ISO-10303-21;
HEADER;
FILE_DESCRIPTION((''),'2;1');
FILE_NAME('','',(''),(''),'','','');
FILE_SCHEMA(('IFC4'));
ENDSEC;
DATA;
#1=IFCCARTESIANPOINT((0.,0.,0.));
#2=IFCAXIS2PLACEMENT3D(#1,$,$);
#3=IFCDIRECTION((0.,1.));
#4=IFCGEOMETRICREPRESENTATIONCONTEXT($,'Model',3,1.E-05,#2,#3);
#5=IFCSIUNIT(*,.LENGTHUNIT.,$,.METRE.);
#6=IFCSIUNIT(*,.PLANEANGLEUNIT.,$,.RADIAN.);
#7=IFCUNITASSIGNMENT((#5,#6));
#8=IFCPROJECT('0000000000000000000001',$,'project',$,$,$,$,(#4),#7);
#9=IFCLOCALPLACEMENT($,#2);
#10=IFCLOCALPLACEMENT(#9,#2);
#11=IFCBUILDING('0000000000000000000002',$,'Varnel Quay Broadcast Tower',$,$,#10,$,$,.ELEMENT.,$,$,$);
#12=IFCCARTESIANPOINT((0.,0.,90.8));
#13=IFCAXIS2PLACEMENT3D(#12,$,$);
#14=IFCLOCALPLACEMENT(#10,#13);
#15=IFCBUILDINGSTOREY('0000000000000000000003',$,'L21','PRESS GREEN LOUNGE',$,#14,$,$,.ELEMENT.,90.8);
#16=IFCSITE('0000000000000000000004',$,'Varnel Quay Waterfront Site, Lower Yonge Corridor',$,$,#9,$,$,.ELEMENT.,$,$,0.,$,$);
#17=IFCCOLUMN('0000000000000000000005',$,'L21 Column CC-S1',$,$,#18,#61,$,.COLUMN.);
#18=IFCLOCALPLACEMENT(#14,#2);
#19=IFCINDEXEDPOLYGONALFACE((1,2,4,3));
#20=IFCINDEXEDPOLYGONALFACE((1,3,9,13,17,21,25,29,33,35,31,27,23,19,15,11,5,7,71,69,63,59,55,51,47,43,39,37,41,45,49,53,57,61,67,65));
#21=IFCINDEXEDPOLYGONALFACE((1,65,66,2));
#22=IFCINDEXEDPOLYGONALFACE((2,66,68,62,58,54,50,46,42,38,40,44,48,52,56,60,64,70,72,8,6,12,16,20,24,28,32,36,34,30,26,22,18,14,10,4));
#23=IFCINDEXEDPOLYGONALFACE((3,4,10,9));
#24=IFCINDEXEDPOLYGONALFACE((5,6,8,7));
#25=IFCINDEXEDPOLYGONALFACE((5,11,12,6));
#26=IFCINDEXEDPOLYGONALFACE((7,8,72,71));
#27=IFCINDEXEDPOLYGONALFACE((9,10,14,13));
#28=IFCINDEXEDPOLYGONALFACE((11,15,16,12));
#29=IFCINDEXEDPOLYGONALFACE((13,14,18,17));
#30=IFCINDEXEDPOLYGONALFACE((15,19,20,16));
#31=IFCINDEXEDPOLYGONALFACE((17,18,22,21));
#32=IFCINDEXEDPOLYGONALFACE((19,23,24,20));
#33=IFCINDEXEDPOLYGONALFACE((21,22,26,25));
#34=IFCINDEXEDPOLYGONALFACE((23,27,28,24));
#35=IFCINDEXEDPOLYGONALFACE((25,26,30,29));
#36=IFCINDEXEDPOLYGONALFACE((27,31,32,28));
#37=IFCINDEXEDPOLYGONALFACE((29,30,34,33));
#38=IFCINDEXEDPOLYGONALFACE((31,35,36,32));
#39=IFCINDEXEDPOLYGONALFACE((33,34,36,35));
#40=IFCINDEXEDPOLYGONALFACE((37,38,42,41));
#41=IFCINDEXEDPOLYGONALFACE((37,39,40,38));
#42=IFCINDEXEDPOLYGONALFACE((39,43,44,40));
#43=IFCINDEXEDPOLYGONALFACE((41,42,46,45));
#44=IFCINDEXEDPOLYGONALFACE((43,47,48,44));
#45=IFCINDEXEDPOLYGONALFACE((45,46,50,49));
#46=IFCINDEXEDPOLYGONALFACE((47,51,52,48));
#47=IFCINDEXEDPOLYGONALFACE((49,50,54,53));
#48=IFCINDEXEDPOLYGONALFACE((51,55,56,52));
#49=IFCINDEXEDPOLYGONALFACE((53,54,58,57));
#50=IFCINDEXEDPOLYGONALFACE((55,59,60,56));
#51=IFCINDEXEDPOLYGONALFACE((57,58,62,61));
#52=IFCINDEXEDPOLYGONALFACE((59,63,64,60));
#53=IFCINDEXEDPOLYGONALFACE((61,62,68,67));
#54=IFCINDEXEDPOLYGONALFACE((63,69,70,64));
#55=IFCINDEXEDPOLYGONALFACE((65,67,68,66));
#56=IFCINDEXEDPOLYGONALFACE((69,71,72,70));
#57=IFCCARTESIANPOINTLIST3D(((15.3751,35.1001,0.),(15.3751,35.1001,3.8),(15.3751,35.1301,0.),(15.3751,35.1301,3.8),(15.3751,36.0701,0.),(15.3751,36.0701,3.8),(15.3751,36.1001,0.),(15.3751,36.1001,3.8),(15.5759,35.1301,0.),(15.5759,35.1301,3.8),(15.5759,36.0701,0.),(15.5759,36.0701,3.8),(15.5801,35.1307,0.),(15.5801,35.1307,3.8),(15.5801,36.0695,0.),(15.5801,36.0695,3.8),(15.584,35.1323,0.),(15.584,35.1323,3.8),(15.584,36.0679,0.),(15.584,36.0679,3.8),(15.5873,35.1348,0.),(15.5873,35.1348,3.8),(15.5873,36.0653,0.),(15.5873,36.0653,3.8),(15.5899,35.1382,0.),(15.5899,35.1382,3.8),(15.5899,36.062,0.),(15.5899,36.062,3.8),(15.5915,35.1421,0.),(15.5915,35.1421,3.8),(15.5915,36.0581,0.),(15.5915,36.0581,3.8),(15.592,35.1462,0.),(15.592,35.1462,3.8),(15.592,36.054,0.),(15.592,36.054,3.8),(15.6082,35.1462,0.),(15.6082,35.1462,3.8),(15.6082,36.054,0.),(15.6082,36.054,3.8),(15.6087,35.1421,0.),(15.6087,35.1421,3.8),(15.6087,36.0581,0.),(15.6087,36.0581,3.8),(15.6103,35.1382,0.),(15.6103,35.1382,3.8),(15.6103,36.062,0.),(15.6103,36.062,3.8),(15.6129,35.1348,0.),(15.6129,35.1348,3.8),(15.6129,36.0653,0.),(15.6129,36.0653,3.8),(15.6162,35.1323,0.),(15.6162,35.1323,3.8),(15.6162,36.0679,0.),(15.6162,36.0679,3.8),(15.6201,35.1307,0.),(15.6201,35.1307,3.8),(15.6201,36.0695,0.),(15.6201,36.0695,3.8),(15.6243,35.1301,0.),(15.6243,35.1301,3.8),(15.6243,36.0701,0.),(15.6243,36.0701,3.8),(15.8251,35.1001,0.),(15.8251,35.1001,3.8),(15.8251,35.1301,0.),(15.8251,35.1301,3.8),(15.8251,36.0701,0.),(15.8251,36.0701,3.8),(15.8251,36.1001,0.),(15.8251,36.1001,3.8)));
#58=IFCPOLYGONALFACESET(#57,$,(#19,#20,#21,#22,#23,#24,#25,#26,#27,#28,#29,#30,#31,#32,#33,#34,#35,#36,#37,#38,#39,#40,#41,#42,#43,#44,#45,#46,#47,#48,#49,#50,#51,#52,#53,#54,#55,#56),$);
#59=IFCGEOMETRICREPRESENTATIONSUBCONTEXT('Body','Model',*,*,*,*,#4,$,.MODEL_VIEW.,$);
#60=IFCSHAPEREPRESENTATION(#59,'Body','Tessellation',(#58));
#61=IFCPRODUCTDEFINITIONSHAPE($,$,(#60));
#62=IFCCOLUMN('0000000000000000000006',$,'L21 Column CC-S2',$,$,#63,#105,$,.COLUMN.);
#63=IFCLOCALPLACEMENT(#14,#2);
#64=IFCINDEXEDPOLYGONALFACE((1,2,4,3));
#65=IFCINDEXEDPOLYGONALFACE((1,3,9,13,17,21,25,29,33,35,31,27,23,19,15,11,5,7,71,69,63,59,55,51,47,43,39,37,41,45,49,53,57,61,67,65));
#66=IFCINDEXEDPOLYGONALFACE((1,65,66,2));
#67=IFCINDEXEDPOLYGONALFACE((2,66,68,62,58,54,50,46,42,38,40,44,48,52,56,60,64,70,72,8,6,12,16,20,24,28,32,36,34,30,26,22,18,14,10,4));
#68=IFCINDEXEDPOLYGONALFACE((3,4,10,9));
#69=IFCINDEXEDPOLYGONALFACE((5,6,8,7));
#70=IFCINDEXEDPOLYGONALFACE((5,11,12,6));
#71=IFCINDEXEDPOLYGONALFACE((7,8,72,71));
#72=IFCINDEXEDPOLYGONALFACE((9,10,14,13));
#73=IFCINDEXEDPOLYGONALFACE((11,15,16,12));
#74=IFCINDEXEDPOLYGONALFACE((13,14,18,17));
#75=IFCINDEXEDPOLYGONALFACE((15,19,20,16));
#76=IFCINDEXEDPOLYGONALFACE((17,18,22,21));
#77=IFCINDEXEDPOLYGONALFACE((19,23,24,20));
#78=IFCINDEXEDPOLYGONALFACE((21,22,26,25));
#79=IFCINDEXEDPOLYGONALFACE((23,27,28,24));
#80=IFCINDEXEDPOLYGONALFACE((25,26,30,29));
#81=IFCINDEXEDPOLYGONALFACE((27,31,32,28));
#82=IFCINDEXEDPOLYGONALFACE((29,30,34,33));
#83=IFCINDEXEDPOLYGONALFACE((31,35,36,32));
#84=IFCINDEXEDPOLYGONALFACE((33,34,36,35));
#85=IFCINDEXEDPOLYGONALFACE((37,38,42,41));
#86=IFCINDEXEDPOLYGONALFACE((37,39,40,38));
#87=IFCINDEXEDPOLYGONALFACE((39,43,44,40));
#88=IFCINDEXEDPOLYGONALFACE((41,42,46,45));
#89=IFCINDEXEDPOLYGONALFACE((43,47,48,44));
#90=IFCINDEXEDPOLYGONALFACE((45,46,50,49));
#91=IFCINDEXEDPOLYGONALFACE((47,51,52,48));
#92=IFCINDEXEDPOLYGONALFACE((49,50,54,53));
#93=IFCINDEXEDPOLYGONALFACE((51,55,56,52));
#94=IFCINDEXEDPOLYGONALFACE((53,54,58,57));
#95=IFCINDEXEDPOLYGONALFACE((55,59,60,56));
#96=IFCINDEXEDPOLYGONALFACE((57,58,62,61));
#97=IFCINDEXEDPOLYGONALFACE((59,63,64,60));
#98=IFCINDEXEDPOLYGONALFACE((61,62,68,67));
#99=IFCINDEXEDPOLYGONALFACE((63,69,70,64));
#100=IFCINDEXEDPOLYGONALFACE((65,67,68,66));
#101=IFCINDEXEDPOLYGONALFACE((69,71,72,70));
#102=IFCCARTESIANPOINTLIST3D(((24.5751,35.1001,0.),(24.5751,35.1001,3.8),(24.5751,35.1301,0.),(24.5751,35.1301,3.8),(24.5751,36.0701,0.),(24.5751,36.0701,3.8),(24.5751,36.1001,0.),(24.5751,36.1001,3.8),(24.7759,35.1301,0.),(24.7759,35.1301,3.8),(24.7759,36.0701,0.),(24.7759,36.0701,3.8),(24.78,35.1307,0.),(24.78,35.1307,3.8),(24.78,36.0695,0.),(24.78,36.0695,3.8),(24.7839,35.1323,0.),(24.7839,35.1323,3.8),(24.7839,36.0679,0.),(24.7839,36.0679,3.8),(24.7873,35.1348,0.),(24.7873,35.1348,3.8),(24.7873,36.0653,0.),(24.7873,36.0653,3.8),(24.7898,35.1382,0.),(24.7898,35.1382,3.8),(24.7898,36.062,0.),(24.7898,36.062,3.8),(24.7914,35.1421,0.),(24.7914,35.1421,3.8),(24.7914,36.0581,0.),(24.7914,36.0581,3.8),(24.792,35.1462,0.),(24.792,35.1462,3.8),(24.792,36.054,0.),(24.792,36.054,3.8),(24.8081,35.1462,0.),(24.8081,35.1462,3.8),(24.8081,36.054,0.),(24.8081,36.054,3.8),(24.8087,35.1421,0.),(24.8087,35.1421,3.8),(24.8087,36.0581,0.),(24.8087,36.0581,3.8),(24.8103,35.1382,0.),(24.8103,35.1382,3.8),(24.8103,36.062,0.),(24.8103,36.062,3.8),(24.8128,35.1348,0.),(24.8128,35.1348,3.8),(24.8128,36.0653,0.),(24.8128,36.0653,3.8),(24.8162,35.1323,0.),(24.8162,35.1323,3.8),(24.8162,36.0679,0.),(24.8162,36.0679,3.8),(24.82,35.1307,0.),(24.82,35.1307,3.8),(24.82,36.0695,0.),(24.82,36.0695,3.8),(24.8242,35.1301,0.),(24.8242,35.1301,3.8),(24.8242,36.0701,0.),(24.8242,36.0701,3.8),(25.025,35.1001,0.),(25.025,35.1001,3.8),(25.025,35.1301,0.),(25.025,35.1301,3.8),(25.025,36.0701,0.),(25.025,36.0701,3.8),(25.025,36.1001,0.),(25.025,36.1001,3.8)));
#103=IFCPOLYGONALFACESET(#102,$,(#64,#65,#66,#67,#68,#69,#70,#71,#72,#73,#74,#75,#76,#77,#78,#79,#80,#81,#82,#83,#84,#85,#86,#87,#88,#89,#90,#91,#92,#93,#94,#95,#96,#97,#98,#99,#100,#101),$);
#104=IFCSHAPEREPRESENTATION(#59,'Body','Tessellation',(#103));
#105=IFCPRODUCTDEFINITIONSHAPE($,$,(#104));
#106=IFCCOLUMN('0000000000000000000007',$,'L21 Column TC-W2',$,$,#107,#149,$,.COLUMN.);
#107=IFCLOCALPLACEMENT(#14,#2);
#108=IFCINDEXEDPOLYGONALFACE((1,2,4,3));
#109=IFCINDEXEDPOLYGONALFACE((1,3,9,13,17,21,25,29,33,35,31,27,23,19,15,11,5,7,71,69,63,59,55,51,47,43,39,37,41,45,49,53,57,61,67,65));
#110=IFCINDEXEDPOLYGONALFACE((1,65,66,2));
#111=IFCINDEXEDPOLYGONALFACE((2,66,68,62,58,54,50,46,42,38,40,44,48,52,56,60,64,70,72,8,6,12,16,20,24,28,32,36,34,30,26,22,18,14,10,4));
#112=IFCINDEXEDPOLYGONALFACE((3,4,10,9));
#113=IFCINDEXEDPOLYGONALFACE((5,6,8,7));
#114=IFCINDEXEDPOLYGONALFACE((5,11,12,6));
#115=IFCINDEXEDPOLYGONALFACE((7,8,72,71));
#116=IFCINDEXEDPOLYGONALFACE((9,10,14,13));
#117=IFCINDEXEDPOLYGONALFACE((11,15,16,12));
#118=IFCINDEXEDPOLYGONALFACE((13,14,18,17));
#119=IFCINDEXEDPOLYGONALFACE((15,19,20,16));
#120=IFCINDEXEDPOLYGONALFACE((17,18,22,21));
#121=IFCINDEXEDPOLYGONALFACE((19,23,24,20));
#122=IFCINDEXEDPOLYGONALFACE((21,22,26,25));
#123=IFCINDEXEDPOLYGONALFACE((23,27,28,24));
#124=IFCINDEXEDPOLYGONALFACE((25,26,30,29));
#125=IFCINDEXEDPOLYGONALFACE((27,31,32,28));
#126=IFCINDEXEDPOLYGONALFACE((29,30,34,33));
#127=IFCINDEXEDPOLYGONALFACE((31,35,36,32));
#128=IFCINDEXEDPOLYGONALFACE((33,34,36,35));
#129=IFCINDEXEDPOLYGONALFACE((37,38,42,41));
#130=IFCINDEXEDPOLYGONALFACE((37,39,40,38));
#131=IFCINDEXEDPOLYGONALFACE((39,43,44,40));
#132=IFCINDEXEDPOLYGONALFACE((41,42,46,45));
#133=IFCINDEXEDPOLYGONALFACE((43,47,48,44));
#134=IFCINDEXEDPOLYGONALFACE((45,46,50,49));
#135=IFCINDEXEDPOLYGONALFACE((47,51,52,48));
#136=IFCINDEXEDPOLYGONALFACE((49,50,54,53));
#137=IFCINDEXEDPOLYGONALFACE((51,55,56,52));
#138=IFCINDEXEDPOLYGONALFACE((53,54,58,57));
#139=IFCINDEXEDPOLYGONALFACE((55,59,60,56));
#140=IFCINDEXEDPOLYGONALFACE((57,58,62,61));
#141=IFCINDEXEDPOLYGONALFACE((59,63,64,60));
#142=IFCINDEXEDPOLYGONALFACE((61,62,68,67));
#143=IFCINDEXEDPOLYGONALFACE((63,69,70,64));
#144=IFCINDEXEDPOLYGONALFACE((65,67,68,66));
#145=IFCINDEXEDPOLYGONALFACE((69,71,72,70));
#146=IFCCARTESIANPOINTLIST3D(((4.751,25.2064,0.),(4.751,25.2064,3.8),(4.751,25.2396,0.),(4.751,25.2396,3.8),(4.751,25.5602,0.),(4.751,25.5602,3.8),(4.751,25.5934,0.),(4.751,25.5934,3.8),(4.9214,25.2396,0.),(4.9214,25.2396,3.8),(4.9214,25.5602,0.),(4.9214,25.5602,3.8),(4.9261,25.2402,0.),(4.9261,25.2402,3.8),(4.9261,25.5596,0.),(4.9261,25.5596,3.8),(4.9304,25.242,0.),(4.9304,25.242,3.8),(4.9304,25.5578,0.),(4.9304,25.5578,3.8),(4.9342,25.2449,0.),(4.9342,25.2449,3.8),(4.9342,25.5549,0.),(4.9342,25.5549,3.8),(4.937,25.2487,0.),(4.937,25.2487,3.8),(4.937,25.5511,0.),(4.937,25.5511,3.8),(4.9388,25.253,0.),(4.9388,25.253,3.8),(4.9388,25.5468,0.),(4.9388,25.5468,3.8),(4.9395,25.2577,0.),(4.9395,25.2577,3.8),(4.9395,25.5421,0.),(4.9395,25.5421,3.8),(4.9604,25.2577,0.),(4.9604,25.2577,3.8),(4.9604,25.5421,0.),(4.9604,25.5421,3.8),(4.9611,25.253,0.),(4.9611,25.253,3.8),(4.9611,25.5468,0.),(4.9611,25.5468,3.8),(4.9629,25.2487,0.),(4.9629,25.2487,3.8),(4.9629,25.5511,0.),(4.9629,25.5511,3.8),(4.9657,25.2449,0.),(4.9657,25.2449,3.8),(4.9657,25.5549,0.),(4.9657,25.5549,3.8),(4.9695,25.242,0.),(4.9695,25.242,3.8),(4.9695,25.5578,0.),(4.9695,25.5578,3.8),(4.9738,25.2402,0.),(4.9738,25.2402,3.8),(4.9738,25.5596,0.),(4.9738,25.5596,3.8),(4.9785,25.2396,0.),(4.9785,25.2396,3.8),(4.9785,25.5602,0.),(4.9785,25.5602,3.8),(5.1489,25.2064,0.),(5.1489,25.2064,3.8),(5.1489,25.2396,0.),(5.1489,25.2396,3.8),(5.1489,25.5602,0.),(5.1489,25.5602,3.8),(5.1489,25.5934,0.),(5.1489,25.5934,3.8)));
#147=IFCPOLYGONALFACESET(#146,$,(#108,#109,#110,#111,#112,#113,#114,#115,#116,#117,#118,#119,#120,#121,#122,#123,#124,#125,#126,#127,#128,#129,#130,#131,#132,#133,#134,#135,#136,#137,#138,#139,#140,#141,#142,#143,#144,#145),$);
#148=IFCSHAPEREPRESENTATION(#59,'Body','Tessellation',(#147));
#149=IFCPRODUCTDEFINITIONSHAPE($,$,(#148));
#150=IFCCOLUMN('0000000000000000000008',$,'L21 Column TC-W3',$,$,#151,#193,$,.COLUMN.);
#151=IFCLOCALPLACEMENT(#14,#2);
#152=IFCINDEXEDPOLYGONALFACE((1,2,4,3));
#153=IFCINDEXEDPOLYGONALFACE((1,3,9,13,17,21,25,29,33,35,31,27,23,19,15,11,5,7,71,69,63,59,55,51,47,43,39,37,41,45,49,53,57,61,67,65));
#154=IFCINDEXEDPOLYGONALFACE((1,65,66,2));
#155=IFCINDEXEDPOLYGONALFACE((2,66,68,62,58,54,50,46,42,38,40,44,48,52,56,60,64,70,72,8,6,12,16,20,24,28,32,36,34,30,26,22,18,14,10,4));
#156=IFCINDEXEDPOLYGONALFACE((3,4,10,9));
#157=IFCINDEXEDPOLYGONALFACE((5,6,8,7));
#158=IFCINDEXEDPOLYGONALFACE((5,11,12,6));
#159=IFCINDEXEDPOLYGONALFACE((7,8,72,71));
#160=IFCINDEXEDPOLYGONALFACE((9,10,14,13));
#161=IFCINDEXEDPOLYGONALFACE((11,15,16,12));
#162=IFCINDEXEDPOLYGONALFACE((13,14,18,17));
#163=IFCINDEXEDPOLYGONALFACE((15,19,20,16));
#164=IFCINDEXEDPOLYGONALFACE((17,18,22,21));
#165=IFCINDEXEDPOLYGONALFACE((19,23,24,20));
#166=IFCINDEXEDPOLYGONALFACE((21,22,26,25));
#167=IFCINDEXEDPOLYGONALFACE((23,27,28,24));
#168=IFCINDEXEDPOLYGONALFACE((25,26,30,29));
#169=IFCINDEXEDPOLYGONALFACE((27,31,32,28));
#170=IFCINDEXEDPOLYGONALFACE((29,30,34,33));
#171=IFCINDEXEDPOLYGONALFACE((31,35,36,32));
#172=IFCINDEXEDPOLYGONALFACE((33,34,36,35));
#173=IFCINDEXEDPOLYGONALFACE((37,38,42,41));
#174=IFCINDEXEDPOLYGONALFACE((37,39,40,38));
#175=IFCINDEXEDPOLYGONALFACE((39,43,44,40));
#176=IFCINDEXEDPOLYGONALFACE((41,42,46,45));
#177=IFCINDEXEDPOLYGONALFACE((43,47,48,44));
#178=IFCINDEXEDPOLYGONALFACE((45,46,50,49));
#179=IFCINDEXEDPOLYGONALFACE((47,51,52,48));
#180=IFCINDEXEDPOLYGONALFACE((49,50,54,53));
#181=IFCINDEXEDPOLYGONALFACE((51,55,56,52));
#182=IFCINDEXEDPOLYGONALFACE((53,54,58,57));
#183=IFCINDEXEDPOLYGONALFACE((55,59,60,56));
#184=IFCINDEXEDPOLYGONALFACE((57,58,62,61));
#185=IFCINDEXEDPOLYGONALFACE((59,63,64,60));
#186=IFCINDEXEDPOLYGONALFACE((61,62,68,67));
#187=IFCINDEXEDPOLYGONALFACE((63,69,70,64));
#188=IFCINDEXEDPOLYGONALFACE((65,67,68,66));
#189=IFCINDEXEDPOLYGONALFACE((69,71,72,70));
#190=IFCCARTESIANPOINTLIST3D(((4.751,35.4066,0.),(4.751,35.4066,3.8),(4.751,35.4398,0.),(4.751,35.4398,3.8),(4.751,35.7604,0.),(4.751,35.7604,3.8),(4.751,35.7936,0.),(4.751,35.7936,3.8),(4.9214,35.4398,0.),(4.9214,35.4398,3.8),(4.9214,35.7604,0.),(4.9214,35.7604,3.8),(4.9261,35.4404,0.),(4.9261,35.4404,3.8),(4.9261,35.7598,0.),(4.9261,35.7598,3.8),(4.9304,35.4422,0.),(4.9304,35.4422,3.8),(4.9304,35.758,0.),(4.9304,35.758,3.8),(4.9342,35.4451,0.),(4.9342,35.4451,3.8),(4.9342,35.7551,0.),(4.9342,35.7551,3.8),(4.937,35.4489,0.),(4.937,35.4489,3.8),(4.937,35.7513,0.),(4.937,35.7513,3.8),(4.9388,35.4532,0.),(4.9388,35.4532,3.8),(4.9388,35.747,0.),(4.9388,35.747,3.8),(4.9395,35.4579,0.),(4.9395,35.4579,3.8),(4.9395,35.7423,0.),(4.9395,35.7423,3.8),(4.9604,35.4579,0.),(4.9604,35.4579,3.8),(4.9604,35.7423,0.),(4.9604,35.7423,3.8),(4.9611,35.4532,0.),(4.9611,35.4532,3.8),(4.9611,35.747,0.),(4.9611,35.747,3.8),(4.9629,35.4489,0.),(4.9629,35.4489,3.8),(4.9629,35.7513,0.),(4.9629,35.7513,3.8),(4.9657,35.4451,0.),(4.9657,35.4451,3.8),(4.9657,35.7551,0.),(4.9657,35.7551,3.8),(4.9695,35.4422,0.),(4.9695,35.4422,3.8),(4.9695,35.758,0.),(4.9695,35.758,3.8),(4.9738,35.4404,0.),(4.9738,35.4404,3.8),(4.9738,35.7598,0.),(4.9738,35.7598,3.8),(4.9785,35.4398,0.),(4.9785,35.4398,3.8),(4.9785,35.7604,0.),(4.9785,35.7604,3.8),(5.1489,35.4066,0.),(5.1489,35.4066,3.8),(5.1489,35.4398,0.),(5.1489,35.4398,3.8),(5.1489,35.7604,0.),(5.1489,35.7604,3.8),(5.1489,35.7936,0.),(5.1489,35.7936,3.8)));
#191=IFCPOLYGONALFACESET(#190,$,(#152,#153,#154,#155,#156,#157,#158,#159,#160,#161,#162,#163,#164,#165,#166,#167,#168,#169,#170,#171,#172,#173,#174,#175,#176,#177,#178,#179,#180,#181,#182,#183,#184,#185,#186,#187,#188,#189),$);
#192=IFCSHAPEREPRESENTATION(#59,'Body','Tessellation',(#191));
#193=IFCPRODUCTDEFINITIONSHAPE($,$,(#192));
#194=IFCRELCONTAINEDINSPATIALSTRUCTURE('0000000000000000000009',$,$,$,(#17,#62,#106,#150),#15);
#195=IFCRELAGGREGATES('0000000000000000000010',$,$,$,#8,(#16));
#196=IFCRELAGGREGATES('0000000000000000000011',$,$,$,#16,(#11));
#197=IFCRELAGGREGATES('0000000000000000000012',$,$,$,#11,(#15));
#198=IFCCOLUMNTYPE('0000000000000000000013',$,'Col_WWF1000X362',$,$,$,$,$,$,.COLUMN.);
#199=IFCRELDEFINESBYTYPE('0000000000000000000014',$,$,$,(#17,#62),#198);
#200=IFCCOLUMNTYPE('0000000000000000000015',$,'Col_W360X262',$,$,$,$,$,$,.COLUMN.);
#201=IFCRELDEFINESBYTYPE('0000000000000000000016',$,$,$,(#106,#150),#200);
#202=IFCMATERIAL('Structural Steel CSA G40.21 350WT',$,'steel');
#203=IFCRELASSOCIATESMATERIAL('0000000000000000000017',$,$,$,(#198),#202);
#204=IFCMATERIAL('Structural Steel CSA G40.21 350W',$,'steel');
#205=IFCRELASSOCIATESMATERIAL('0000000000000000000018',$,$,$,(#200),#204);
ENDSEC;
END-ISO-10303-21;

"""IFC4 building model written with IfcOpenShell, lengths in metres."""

from ifc_helpers import new_model, si_unit, direction, frame, origin, origin_2d, place, context, subcontext, project, spatial, i_section, extrude, source, transform, mapped, material, material_profile, profile_set, type_object, type_shapes, element, save


model = new_model("IFC4")

# Units and contexts
model_context = context("Model", 3, precision=1e-05, world=origin(), true_north=direction((0.0, 1.0)))
body_context = subcontext(model_context, "Body", "Model", "MODEL_VIEW")
ifc_project = project(units=[si_unit("LENGTHUNIT", "METRE"), si_unit("PLANEANGLEUNIT", "RADIAN")], contexts=[model_context])

# Site, building, storey
site_placement = place(None, origin())
site = spatial("IfcSite", under=ifc_project, at=site_placement, Name="Varnel Quay Waterfront Site, Lower Yonge Corridor", CompositionType="ELEMENT", RefElevation=0.0)
building_placement = place(site_placement, origin())
building = spatial("IfcBuilding", under=site, at=building_placement, Name="Varnel Quay Broadcast Tower", CompositionType="ELEMENT")
storey_placement = place(building_placement, frame((0.0, 0.0, 90.8)))
storey = spatial("IfcBuildingStorey", under=building, at=storey_placement, Name="L21", Description="PRESS GREEN LOUNGE", CompositionType="ELEMENT", Elevation=90.8)

# Columns
ifc_material_1 = material(Name="Structural Steel CSA G40.21 350WT", Category="steel")
ifc_material_profile_1 = material_profile(ifc_material_1, i_section(OverallWidth=0.45, OverallDepth=1.0, WebThickness=0.0161, FlangeThickness=0.03, FilletRadius=0.0161, at=origin_2d()), Name="WWF1000X362")
ifc_profile_set_1 = profile_set([ifc_material_profile_1], Name="Structural Steel CSA G40.21 350WT")
column_type_1 = type_object("IfcColumnType", Name="Col_WWF1000X362", PredefinedType="COLUMN", material=ifc_profile_set_1)
shared_shape_1 = source(origin(), body_context, "Body", "SweptSolid", [
    extrude(i_section(OverallWidth=0.45, OverallDepth=1.0, WebThickness=0.0161, FlangeThickness=0.03, FilletRadius=0.0161, at=origin_2d()), origin(), (0.0, 0.0, 1.0), 3.8),
])
type_shapes(column_type_1, [shared_shape_1])
for number, where, z_axis, x_axis, name in (
    (1, (15.6001, 35.6001, 0.0), (0.0, 0.0, 1.0), (1.0, 0.0, 0.0), "L21 Column CC-S1"),
    (2, (24.8, 35.6001, 0.0), (0.0, 0.0, 1.0), (1.0, 0.0, 0.0), "L21 Column CC-S2"),
):
    element("IfcColumn", number, at=place(storey_placement, frame(where, z_axis=z_axis, x_axis=x_axis)), inside=storey, type_object=column_type_1, Name=name, PredefinedType="COLUMN", context=body_context, shape_type="MappedRepresentation", body=[
        mapped(shared_shape_1, transform((0.0, 0.0, 0.0), x_axis=(1.0, 0.0, 0.0), y_axis=(0.0, 1.0, 0.0), z_axis=(0.0, 0.0, 1.0), scale=1.0)),
    ])
ifc_material_2 = material(Name="Structural Steel CSA G40.21 350W", Category="steel")
ifc_material_profile_2 = material_profile(ifc_material_2, i_section(OverallWidth=0.3979, OverallDepth=0.387, WebThickness=0.021, FlangeThickness=0.0332, FilletRadius=0.0181, at=origin_2d()), Name="W360X262")
ifc_profile_set_2 = profile_set([ifc_material_profile_2], Name="Structural Steel CSA G40.21 350W")
column_type_2 = type_object("IfcColumnType", Name="Col_W360X262", PredefinedType="COLUMN", material=ifc_profile_set_2)
shared_shape_2 = source(origin(), body_context, "Body", "SweptSolid", [
    extrude(i_section(OverallWidth=0.3979, OverallDepth=0.387, WebThickness=0.021, FlangeThickness=0.0332, FilletRadius=0.0181, at=origin_2d()), origin(), (0.0, 0.0, 1.0), 3.8),
])
type_shapes(column_type_2, [shared_shape_2])
for number, where, z_axis, x_axis, name in (
    (3, (4.95, 25.3999, 0.0), (0.0, 0.0, 1.0), (1.0, 0.0, 0.0), "L21 Column TC-W2"),
    (4, (4.95, 35.6001, 0.0), (0.0, 0.0, 1.0), (1.0, 0.0, 0.0), "L21 Column TC-W3"),
):
    element("IfcColumn", number, at=place(storey_placement, frame(where, z_axis=z_axis, x_axis=x_axis)), inside=storey, type_object=column_type_2, Name=name, PredefinedType="COLUMN", context=body_context, shape_type="MappedRepresentation", body=[
        mapped(shared_shape_2, transform((0.0, 0.0, 0.0), x_axis=(1.0, 0.0, 0.0), y_axis=(0.0, 1.0, 0.0), z_axis=(0.0, 0.0, 1.0), scale=1.0)),
    ])

save(model, "model.ifc")
